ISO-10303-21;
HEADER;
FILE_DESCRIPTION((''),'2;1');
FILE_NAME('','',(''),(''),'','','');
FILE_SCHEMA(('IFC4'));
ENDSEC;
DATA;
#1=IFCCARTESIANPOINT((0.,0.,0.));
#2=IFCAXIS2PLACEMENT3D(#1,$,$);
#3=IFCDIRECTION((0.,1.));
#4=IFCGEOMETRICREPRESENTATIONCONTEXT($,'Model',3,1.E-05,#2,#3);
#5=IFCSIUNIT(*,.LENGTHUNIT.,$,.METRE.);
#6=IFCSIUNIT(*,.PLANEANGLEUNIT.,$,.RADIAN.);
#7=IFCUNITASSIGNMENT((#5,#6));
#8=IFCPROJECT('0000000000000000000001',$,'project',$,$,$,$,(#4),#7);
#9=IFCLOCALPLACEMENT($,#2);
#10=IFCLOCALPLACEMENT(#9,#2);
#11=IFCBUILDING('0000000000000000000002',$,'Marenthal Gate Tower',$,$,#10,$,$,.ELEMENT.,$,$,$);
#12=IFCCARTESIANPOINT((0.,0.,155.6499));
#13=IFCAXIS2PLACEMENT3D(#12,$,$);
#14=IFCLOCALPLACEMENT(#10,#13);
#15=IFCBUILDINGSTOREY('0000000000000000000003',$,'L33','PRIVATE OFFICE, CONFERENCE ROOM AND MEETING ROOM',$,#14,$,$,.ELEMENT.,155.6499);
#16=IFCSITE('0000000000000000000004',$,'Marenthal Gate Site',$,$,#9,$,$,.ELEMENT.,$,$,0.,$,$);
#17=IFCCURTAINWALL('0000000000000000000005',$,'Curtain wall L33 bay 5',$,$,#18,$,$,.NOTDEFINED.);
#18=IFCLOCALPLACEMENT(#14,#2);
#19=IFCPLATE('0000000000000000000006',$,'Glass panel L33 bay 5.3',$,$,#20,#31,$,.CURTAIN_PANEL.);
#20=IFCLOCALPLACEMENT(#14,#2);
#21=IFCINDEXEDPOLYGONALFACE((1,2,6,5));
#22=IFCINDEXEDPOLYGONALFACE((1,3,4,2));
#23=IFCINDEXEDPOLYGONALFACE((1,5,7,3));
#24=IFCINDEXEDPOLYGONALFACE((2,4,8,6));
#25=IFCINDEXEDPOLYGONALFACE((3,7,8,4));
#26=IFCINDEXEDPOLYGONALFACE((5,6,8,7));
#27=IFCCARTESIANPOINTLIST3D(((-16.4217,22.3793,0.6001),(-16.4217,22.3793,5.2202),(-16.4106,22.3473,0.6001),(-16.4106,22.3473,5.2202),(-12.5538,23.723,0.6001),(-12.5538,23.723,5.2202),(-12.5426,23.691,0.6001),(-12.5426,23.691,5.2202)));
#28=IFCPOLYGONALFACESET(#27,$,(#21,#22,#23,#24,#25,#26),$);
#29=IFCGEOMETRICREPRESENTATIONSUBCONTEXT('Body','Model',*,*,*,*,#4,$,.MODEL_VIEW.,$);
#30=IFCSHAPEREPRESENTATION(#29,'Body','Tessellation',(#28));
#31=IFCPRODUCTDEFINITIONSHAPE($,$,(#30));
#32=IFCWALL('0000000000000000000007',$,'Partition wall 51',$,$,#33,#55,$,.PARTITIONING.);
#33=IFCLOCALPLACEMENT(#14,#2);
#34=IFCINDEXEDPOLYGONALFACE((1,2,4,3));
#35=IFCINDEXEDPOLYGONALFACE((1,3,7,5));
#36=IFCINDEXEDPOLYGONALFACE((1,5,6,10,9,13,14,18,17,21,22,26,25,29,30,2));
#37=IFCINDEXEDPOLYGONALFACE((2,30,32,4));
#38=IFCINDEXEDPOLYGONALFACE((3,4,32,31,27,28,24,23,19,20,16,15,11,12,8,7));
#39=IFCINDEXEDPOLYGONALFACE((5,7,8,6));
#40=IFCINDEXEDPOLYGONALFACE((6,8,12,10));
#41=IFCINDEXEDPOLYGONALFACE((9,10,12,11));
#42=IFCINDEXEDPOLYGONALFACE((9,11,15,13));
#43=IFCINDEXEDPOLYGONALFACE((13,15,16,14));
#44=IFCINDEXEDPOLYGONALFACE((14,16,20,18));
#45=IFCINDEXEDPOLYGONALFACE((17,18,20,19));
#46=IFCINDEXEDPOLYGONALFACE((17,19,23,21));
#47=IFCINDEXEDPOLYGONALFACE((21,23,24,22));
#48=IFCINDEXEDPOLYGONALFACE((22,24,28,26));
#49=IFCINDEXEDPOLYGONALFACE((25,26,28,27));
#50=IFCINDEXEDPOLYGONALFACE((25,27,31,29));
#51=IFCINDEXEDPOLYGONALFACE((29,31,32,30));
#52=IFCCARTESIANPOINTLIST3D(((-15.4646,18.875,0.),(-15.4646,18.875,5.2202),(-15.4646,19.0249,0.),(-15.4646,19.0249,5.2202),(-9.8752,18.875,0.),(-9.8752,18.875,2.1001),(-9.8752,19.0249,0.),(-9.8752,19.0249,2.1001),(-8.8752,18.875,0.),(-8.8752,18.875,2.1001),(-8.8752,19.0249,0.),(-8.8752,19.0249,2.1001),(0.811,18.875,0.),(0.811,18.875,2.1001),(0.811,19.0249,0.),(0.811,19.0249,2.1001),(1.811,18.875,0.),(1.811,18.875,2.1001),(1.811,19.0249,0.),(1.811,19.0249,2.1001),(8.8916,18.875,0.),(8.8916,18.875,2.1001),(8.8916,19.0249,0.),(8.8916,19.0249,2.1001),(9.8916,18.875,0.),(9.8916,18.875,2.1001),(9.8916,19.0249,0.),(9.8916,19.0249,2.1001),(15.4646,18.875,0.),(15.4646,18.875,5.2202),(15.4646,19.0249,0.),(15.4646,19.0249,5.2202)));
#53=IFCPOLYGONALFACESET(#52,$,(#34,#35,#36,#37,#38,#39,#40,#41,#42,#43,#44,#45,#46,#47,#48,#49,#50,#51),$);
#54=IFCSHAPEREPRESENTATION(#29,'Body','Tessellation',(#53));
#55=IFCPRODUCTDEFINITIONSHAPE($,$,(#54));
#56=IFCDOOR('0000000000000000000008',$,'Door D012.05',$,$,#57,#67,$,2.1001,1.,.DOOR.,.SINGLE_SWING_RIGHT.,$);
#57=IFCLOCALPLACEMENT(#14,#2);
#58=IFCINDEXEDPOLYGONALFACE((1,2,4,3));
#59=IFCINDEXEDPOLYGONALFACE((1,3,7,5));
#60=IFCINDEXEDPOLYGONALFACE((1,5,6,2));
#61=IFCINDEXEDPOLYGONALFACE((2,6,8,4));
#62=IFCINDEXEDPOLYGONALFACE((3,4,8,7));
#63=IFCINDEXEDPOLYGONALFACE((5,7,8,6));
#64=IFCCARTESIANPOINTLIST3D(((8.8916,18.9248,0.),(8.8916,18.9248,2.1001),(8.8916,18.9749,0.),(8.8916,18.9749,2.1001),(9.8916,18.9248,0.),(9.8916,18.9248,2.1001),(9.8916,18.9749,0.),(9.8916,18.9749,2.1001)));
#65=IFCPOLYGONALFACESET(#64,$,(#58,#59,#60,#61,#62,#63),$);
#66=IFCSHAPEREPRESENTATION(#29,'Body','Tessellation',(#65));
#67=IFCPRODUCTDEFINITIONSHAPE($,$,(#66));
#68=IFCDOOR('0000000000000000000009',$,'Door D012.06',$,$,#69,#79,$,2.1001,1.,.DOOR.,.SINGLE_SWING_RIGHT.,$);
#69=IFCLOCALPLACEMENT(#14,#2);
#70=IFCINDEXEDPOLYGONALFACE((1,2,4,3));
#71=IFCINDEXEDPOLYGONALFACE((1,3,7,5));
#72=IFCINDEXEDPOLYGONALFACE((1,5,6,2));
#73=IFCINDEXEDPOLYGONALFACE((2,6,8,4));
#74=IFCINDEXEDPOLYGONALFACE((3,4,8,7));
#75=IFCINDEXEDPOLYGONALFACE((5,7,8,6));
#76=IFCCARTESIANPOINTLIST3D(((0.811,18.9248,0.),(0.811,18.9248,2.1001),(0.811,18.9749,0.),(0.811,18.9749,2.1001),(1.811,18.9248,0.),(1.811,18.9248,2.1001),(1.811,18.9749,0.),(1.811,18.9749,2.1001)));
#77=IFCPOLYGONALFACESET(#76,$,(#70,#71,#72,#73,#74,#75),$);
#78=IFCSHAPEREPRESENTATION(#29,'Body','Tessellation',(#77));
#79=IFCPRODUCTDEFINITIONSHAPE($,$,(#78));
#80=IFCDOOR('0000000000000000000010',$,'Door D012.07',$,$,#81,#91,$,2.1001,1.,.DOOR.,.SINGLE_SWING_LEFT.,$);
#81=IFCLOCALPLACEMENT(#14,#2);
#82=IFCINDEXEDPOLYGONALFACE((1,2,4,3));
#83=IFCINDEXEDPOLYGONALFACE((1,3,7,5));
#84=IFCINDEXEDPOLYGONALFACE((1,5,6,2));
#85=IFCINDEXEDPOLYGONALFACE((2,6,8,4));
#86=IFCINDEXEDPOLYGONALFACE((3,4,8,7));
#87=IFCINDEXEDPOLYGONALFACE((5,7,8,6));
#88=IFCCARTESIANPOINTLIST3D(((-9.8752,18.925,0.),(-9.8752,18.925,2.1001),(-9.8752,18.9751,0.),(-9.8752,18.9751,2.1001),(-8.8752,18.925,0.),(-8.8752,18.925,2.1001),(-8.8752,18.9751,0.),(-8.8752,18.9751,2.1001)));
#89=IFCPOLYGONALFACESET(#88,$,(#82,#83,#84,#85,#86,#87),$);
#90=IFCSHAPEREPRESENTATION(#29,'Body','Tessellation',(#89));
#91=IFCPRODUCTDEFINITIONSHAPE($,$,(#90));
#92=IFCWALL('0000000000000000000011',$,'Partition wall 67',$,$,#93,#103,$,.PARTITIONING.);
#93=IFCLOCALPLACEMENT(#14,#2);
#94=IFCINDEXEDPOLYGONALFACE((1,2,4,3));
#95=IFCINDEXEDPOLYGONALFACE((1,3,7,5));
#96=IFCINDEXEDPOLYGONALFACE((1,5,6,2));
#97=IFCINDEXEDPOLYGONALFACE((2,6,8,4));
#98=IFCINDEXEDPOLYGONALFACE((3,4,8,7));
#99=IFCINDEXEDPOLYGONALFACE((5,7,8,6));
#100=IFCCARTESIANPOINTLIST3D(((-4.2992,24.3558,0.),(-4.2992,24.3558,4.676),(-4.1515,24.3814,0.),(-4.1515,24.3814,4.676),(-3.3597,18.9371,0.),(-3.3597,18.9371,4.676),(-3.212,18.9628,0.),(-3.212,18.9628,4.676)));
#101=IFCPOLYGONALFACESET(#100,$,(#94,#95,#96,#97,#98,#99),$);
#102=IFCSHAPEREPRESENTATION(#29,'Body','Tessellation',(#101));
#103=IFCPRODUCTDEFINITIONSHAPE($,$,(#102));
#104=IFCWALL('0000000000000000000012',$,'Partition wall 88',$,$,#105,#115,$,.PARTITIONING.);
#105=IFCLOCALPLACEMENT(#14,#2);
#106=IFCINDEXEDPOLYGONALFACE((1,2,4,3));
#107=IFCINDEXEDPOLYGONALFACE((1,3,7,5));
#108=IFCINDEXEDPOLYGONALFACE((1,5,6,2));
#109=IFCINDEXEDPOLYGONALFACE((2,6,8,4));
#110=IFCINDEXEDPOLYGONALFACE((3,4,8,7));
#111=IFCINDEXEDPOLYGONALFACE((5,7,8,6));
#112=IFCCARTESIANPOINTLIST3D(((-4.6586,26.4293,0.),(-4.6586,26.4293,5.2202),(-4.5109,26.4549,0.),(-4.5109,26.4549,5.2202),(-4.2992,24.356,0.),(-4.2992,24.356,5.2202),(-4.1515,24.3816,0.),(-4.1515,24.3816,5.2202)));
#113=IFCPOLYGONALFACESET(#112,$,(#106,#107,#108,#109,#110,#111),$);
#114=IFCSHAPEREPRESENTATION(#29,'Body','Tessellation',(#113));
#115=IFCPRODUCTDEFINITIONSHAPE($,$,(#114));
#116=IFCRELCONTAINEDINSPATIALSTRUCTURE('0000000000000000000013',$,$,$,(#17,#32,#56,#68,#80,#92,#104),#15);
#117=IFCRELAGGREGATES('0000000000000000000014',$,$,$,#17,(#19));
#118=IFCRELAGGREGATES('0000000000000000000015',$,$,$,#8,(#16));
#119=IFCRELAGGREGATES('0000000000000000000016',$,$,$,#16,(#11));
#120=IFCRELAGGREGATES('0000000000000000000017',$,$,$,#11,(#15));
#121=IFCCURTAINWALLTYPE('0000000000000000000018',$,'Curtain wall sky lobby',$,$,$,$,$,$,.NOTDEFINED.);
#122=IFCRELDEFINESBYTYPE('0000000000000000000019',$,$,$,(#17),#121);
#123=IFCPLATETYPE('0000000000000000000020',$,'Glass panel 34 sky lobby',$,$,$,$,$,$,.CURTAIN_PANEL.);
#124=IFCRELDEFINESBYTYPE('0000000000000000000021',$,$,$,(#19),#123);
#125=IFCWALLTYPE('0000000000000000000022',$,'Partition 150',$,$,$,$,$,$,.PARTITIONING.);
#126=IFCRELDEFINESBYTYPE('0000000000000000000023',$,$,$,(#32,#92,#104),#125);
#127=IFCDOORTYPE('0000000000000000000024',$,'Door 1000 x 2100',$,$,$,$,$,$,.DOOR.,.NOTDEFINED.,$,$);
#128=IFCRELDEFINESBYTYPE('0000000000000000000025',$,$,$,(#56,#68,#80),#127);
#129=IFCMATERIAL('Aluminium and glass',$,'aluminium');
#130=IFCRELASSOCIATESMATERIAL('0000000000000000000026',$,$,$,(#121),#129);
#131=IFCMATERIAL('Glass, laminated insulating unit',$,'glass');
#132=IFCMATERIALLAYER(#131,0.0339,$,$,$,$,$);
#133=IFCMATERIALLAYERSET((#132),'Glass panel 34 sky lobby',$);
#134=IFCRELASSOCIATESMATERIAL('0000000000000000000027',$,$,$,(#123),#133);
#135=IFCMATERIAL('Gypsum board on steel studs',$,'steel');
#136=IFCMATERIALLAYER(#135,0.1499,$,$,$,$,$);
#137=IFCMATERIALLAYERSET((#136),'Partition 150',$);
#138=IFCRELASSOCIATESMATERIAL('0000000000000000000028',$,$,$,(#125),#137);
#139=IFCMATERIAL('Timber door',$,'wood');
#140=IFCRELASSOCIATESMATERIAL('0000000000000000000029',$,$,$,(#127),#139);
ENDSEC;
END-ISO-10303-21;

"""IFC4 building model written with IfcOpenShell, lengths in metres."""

from ifc_helpers import new_model, si_unit, direction, frame, frame_2d, origin, origin_2d, place, context, subcontext, project, spatial, rectangle, extrude, material, layer, layer_set, type_object, element, fill, aggregate, save


model = new_model("IFC4")

# Units and contexts
model_context = context("Model", 3, precision=1e-05, world=origin(), true_north=direction((0.0, 1.0)))
body_context = subcontext(model_context, "Body", "Model", "MODEL_VIEW")
ifc_project = project(units=[si_unit("LENGTHUNIT", "METRE"), si_unit("PLANEANGLEUNIT", "RADIAN")], contexts=[model_context])

# Site, building, storey
site_placement = place(None, origin())
site = spatial("IfcSite", under=ifc_project, at=site_placement, Name="Marenthal Gate Site", CompositionType="ELEMENT", RefElevation=0.0)
building_placement = place(site_placement, origin())
building = spatial("IfcBuilding", under=site, at=building_placement, Name="Marenthal Gate Tower", CompositionType="ELEMENT")
storey_placement = place(building_placement, frame((0.0, 0.0, 155.6499)))
storey = spatial("IfcBuildingStorey", under=building, at=storey_placement, Name="L33", Description="PRIVATE OFFICE, CONFERENCE ROOM AND MEETING ROOM", CompositionType="ELEMENT", Elevation=155.6499)

# Curtain wall
ifc_material_1 = material(Name="Aluminium and glass", Category="aluminium")
curtain_wall_type = type_object("IfcCurtainWallType", Name="Curtain wall sky lobby", PredefinedType="NOTDEFINED", material=ifc_material_1)
curtain_wall_1_placement = place(storey_placement, origin())
curtain_wall_1 = element("IfcCurtainWall", 1, at=curtain_wall_1_placement, inside=storey, type_object=curtain_wall_type, Name="Curtain wall L33 bay 5", PredefinedType="NOTDEFINED")

# Plate
ifc_material_2 = material(Name="Glass, laminated insulating unit", Category="glass")
ifc_layer_1 = layer(ifc_material_2, 0.0339)
ifc_layer_set_1 = layer_set([ifc_layer_1], Name="Glass panel 34 sky lobby")
plate_type = type_object("IfcPlateType", Name="Glass panel 34 sky lobby", PredefinedType="CURTAIN_PANEL", material=ifc_layer_set_1)
plate_1_placement = place(storey_placement, frame((-14.4822, 23.0352, 0.6001), z_axis=(0.0, 0.0, 1.0), x_axis=(-0.944623, -0.328158, 0.0)))
plate_1 = element("IfcPlate", 2, at=plate_1_placement, type_object=plate_type, Name="Glass panel L33 bay 5.3", PredefinedType="CURTAIN_PANEL", context=body_context, shape_type="SweptSolid", body=[
    extrude(rectangle(XDim=4.0947, YDim=0.0339, at=origin_2d()), origin(), (0.0, 0.0, 1.0), 4.6201),
])
aggregate(curtain_wall_1, [plate_1])

# Wall, openings, doors
ifc_material_3 = material(Name="Gypsum board on steel studs", Category="steel")
ifc_layer_2 = layer(ifc_material_3, 0.1499)
ifc_layer_set_2 = layer_set([ifc_layer_2], Name="Partition 150")
wall_type = type_object("IfcWallType", Name="Partition 150", PredefinedType="PARTITIONING", material=ifc_layer_set_2)
wall_1_placement = place(storey_placement, frame((-15.4646, 18.95, 0.0), z_axis=(0.0, 0.0, 1.0), x_axis=(1.0, 0.0, 0.0)))
wall_1 = element("IfcWall", 3, at=wall_1_placement, inside=storey, type_object=wall_type, Name="Partition wall 51", PredefinedType="PARTITIONING", context=body_context, shape_type="SweptSolid", body=[
    extrude(rectangle(XDim=30.9292, YDim=0.1499, at=frame_2d((15.4646, 0.0))), origin(), (0.0, 0.0, 1.0), 5.2202),
])
opening_1_placement = place(wall_1_placement, frame((24.3562, 0.0, 0.0)))
opening_1 = element("IfcOpeningElement", 4, at=opening_1_placement, cuts=wall_1, PredefinedType="OPENING", context=body_context, shape_type="SweptSolid", body=[
    extrude(rectangle(XDim=1.0, YDim=2.1001, at=frame_2d((0.5, 1.05))), frame((0.0, 0.085, 0.0), z_axis=(0.0, -1.0, 0.0), x_axis=(1.0, 0.0, 0.0)), (0.0, 0.0, 1.0), 0.1699),
])
opening_2_placement = place(wall_1_placement, frame((16.2756, 0.0, 0.0)))
opening_2 = element("IfcOpeningElement", 5, at=opening_2_placement, cuts=wall_1, PredefinedType="OPENING", context=body_context, shape_type="SweptSolid", body=[
    extrude(rectangle(XDim=1.0, YDim=2.1001, at=frame_2d((0.5, 1.05))), frame((0.0, 0.085, 0.0), z_axis=(0.0, -1.0, 0.0), x_axis=(1.0, 0.0, 0.0)), (0.0, 0.0, 1.0), 0.1699),
])
opening_3_placement = place(wall_1_placement, frame((5.5894, 0.0, 0.0)))
opening_3 = element("IfcOpeningElement", 6, at=opening_3_placement, cuts=wall_1, PredefinedType="OPENING", context=body_context, shape_type="SweptSolid", body=[
    extrude(rectangle(XDim=1.0, YDim=2.1001, at=frame_2d((0.5, 1.05))), frame((0.0, 0.085, 0.0), z_axis=(0.0, -1.0, 0.0), x_axis=(1.0, 0.0, 0.0)), (0.0, 0.0, 1.0), 0.1699),
])
ifc_material_4 = material(Name="Timber door", Category="wood")
door_type = type_object("IfcDoorType", Name="Door 1000 x 2100", OperationType="NOTDEFINED", PredefinedType="DOOR", material=ifc_material_4)
door_1_placement = place(opening_1_placement, origin())
door_1 = element("IfcDoor", 7, at=door_1_placement, inside=storey, type_object=door_type, Name="Door D012.05", OperationType="SINGLE_SWING_RIGHT", OverallHeight=2.1001, OverallWidth=1.0, PredefinedType="DOOR", context=body_context, shape_type="SweptSolid", body=[
    extrude(rectangle(XDim=1.0, YDim=2.1001, at=frame_2d((0.5, 1.05))), frame((0.0, 0.0249, 0.0), z_axis=(0.0, -1.0, 0.0), x_axis=(1.0, 0.0, 0.0)), (0.0, 0.0, 1.0), 0.05),
])
fill(opening_1, door_1)
door_2_placement = place(opening_2_placement, origin())
door_2 = element("IfcDoor", 8, at=door_2_placement, inside=storey, type_object=door_type, Name="Door D012.06", OperationType="SINGLE_SWING_RIGHT", OverallHeight=2.1001, OverallWidth=1.0, PredefinedType="DOOR", context=body_context, shape_type="SweptSolid", body=[
    extrude(rectangle(XDim=1.0, YDim=2.1001, at=frame_2d((0.5, 1.05))), frame((0.0, 0.0249, 0.0), z_axis=(0.0, -1.0, 0.0), x_axis=(1.0, 0.0, 0.0)), (0.0, 0.0, 1.0), 0.05),
])
fill(opening_2, door_2)
door_3_placement = place(opening_3_placement, frame((1.0, 0.0, 0.0), z_axis=(0.0, 0.0, 1.0), x_axis=(-1.0, 0.0, 0.0)))
door_3 = element("IfcDoor", 9, at=door_3_placement, inside=storey, type_object=door_type, Name="Door D012.07", OperationType="SINGLE_SWING_LEFT", OverallHeight=2.1001, OverallWidth=1.0, PredefinedType="DOOR", context=body_context, shape_type="SweptSolid", body=[
    extrude(rectangle(XDim=1.0, YDim=2.1001, at=frame_2d((0.5, 1.05))), frame((0.0, 0.0249, 0.0), z_axis=(0.0, -1.0, 0.0), x_axis=(1.0, 0.0, 0.0)), (0.0, 0.0, 1.0), 0.05),
])
fill(opening_3, door_3)

# Walls
wall_2_placement = place(storey_placement, frame((-3.2859, 18.95, 0.0), z_axis=(0.0, 0.0, 1.0), x_axis=(-0.170824, 0.985302, 0.0)))
element("IfcWall", 10, at=wall_2_placement, inside=storey, type_object=wall_type, Name="Partition wall 67", PredefinedType="PARTITIONING", context=body_context, shape_type="SweptSolid", body=[
    extrude(rectangle(XDim=5.4995, YDim=0.1499, at=frame_2d((2.7498, 0.0))), origin(), (0.0, 0.0, 1.0), 4.676),
])
wall_3_placement = place(storey_placement, frame((-4.2253, 24.3687, 0.0), z_axis=(0.0, 0.0, 1.0), x_axis=(-0.170793, 0.985307, 0.0)))
element("IfcWall", 11, at=wall_3_placement, inside=storey, type_object=wall_type, Name="Partition wall 88", PredefinedType="PARTITIONING", context=body_context, shape_type="SweptSolid", body=[
    extrude(rectangle(XDim=2.1042, YDim=0.1499, at=frame_2d((1.0522, 0.0))), origin(), (0.0, 0.0, 1.0), 5.2202),
])

save(model, "model.ifc")
